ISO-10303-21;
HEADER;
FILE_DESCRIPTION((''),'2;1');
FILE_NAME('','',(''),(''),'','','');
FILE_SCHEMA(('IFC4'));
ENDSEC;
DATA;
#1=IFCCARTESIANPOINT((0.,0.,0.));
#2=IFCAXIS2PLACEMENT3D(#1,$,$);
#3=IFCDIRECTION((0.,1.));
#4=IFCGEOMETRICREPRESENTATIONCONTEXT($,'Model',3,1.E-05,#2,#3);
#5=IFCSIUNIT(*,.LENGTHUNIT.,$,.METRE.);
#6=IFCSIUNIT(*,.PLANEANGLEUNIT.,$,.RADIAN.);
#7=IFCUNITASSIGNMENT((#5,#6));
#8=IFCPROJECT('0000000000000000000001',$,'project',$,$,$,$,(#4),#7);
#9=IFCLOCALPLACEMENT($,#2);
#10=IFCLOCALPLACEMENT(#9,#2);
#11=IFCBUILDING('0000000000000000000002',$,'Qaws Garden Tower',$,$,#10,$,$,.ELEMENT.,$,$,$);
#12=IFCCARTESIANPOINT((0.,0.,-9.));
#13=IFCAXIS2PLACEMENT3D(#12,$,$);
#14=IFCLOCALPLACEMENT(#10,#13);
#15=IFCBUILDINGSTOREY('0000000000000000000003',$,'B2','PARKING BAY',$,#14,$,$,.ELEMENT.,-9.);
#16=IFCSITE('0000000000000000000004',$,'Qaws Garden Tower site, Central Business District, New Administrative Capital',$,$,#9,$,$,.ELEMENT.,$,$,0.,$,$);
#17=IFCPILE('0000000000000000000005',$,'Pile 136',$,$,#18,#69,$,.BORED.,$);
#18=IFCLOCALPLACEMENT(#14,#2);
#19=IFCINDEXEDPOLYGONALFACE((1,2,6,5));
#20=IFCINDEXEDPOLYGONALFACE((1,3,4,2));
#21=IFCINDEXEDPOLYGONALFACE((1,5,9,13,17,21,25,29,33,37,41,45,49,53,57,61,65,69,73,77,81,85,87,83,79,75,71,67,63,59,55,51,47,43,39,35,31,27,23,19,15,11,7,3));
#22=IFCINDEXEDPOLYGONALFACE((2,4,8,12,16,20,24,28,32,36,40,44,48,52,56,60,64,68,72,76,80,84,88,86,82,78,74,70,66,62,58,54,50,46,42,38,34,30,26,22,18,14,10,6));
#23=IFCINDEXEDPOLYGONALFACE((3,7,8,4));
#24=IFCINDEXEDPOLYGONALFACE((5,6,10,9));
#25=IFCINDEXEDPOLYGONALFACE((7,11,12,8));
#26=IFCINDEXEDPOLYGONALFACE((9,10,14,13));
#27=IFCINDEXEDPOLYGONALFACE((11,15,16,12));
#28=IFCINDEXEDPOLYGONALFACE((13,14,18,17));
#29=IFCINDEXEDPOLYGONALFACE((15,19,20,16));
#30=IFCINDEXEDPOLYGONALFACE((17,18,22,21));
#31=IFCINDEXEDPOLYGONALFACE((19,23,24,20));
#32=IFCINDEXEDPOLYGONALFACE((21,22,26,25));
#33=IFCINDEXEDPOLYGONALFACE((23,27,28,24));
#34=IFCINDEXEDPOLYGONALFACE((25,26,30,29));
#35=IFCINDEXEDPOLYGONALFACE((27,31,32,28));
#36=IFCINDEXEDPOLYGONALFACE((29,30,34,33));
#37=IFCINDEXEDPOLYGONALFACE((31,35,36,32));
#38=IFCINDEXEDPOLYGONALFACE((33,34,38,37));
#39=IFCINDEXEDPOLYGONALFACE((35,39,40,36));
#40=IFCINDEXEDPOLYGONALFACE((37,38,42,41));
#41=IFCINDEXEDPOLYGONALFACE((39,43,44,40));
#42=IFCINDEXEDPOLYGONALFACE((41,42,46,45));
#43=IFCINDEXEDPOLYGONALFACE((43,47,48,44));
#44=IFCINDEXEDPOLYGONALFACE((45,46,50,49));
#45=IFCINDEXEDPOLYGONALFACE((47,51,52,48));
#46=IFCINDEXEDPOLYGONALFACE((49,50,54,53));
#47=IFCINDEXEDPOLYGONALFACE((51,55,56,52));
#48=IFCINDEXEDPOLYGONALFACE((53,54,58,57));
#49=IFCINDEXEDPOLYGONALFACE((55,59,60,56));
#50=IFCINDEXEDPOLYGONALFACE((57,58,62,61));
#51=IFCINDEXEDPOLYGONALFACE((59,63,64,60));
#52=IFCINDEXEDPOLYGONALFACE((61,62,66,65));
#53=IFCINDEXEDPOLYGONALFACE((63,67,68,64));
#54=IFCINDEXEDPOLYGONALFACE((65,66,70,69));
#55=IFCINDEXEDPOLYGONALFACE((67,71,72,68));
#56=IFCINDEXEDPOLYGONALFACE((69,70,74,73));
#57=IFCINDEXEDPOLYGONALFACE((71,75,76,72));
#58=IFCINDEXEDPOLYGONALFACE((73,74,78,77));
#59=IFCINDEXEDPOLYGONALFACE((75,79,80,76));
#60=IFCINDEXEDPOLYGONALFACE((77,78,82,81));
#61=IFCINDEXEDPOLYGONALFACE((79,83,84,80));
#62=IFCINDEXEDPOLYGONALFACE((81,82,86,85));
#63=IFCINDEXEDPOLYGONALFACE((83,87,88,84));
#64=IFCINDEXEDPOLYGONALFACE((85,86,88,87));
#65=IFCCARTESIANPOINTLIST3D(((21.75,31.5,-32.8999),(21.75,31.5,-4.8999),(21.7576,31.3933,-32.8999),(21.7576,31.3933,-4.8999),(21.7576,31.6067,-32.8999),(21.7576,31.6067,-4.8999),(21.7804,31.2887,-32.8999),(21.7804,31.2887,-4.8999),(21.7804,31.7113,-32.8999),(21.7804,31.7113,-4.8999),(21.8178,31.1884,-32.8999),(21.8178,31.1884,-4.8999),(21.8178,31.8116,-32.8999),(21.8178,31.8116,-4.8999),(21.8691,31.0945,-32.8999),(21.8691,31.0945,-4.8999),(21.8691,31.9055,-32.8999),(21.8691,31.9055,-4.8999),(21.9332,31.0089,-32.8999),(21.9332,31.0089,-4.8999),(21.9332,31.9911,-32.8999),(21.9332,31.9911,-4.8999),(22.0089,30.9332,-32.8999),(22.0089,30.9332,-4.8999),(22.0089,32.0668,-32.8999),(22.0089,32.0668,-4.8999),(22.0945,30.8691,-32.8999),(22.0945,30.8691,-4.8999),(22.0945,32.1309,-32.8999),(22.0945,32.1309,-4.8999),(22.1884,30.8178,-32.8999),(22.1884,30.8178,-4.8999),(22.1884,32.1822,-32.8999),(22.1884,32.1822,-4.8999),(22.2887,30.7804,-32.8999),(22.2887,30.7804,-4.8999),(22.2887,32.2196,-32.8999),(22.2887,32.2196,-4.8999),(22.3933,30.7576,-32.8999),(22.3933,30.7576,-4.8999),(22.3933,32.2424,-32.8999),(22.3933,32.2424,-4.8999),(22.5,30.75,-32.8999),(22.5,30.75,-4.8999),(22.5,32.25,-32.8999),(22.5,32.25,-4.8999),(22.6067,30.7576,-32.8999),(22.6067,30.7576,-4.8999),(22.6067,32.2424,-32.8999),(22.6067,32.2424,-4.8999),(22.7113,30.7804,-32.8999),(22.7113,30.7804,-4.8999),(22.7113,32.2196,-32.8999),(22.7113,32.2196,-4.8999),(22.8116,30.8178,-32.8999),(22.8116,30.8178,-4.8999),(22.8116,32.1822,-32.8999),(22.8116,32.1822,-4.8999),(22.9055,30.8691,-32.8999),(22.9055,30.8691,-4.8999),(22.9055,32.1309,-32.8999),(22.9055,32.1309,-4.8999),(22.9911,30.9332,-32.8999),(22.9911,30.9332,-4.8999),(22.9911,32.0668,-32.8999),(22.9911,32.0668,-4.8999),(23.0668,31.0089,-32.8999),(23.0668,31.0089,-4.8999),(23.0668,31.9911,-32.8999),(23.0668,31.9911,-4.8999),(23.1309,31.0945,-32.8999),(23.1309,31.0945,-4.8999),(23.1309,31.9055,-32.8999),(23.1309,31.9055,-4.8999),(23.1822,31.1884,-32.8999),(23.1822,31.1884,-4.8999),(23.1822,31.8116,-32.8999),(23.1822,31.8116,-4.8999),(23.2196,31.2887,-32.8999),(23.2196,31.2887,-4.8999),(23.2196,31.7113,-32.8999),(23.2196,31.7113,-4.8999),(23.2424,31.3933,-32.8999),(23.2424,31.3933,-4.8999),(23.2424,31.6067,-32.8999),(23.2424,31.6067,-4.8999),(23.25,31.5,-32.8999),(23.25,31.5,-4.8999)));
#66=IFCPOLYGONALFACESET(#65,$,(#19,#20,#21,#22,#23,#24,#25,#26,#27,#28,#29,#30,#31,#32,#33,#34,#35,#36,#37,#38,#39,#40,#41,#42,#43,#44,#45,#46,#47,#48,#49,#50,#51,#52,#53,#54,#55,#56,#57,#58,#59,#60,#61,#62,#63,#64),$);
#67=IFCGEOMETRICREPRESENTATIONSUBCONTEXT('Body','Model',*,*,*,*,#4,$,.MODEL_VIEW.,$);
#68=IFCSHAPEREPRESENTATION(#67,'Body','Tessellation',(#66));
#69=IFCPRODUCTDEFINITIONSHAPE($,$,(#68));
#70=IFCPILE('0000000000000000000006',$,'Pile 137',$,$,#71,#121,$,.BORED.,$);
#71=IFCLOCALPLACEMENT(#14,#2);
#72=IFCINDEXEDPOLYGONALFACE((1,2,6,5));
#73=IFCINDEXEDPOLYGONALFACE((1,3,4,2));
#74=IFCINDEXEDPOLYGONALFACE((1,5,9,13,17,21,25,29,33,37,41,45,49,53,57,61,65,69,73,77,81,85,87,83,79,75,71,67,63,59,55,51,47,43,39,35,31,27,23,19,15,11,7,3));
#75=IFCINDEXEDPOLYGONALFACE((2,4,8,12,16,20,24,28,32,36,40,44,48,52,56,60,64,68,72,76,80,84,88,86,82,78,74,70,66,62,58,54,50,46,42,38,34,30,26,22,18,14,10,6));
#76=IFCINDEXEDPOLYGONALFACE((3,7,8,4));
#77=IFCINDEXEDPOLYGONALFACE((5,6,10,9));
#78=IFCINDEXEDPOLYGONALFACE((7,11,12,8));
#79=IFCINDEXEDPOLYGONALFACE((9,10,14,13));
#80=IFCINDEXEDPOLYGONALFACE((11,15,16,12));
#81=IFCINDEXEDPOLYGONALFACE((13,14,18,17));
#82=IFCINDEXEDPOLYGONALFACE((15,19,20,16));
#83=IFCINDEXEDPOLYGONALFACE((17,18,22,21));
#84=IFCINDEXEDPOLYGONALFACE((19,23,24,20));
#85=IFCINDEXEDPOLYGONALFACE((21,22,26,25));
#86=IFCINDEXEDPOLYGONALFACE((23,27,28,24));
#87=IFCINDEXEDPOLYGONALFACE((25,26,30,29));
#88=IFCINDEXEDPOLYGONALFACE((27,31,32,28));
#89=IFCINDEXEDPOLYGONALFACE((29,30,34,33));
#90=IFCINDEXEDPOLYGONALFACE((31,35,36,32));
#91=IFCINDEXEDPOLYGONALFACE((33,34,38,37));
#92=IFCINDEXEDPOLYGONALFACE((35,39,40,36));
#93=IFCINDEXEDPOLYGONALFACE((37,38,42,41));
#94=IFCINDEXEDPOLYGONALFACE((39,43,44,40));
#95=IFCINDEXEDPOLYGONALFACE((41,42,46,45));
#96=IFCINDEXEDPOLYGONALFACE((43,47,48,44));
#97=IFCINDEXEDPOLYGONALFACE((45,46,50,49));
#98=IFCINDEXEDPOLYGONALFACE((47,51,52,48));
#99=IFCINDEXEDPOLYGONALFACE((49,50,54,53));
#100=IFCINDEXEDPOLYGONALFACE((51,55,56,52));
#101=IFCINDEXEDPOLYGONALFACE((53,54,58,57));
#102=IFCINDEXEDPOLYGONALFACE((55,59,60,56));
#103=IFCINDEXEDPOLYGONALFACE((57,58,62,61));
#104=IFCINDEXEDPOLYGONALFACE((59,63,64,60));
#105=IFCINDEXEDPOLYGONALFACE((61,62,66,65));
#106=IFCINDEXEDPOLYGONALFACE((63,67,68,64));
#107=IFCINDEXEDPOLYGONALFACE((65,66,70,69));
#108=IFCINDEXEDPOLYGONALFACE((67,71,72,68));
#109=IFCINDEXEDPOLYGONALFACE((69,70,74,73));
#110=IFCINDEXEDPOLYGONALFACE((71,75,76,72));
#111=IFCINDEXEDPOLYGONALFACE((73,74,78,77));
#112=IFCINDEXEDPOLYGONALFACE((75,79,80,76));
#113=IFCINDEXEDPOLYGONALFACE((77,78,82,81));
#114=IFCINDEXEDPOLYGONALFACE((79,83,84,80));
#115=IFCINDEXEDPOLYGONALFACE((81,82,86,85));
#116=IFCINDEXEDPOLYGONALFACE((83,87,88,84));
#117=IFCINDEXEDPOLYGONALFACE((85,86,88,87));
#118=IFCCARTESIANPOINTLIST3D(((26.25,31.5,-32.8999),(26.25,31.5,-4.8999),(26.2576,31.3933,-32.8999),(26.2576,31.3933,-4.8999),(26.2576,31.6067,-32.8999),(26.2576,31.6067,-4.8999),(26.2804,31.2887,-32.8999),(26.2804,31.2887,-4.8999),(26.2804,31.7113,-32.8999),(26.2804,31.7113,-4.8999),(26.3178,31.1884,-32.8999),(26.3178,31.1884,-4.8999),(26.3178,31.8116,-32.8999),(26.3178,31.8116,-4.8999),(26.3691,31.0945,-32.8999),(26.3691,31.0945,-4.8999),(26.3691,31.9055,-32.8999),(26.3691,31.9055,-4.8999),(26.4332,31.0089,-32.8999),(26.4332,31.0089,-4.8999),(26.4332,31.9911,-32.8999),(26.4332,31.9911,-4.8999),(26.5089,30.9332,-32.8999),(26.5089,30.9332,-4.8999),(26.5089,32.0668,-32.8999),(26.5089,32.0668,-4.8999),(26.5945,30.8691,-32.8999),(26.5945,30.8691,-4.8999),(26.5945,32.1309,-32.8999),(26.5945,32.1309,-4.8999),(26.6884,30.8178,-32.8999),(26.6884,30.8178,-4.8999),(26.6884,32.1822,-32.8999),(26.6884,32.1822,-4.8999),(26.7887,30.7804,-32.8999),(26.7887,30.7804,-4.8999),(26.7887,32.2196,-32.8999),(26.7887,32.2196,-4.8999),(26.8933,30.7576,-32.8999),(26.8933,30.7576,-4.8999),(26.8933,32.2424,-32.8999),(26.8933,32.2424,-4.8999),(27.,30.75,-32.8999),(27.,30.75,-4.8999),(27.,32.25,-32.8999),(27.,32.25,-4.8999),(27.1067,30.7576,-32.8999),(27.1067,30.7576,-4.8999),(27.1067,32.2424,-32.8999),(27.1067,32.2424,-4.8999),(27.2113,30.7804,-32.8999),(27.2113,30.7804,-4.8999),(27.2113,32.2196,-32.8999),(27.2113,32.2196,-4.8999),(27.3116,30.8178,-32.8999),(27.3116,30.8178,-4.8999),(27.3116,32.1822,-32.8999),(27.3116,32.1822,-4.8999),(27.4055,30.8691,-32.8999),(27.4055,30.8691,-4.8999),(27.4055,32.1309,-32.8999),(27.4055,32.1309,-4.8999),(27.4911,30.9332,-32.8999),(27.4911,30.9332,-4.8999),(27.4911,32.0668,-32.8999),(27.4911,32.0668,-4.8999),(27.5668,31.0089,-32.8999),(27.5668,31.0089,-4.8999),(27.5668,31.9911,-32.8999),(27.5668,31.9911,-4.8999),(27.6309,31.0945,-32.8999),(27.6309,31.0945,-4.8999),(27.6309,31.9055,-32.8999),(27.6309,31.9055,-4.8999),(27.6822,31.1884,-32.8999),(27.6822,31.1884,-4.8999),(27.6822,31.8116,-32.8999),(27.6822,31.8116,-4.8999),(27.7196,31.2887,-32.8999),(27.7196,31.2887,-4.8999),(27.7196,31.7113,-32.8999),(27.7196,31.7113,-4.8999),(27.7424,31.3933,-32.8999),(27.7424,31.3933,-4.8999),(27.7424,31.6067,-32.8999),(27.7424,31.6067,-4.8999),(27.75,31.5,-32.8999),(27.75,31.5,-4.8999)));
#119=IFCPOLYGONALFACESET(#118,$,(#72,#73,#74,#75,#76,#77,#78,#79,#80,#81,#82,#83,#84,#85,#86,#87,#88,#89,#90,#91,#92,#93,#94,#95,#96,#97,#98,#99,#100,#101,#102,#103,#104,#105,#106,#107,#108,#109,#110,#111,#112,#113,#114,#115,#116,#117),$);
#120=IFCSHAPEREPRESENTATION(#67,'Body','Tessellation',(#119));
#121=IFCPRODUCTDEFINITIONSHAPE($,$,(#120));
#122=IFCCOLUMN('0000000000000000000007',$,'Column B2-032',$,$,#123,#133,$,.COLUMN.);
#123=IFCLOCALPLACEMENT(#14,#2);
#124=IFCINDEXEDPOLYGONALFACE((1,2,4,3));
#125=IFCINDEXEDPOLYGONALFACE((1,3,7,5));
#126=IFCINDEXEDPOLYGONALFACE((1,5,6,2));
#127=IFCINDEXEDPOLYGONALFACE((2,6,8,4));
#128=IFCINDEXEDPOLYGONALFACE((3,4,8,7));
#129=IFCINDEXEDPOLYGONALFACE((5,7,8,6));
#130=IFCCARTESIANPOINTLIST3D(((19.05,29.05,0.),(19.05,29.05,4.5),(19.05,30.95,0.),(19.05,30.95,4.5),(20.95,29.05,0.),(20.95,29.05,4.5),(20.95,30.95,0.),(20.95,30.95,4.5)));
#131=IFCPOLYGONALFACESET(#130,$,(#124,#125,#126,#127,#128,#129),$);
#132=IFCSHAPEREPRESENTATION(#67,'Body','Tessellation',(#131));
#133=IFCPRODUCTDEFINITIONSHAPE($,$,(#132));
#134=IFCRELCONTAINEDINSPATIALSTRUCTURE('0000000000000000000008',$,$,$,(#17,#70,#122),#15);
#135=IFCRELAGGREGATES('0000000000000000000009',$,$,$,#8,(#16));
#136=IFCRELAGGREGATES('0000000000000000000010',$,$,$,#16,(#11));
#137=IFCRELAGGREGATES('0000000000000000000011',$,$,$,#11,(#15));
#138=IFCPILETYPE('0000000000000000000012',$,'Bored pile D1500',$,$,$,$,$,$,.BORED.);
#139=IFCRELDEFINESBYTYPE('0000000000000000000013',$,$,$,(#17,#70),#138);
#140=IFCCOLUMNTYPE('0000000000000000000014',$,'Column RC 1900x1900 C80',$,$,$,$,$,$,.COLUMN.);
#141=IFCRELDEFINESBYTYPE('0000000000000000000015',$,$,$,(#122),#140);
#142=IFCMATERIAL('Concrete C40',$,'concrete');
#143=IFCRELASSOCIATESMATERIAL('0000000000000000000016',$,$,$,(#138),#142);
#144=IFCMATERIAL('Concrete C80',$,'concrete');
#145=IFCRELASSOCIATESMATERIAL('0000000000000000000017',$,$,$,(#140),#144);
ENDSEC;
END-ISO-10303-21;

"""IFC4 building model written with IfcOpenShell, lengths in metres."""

from ifc_helpers import new_model, si_unit, direction, frame, origin, origin_2d, place, context, subcontext, project, spatial, rectangle, circle, extrude, material, material_profile, profile_set, type_object, element, save


model = new_model("IFC4")

# Units and contexts
model_context = context("Model", 3, precision=1e-05, world=origin(), true_north=direction((0.0, 1.0)))
body_context = subcontext(model_context, "Body", "Model", "MODEL_VIEW")
ifc_project = project(units=[si_unit("LENGTHUNIT", "METRE"), si_unit("PLANEANGLEUNIT", "RADIAN")], contexts=[model_context])

# Site, building, storey
site_placement = place(None, origin())
site = spatial("IfcSite", under=ifc_project, at=site_placement, Name="Qaws Garden Tower site, Central Business District, New Administrative Capital", CompositionType="ELEMENT", RefElevation=0.0)
building_placement = place(site_placement, origin())
building = spatial("IfcBuilding", under=site, at=building_placement, Name="Qaws Garden Tower", CompositionType="ELEMENT")
storey_placement = place(building_placement, frame((0.0, 0.0, -9.0)))
storey = spatial("IfcBuildingStorey", under=building, at=storey_placement, Name="B2", Description="PARKING BAY", CompositionType="ELEMENT", Elevation=-9.0)

# Piles
ifc_material_1 = material(Name="Concrete C40", Category="concrete")
ifc_material_profile_1 = material_profile(ifc_material_1, circle(Radius=0.75, at=origin_2d()), Name="Bored pile D1500")
ifc_profile_set_1 = profile_set([ifc_material_profile_1], Name="Concrete C40")
pile_type = type_object("IfcPileType", Name="Bored pile D1500", PredefinedType="BORED", material=ifc_profile_set_1)
for number, where, z_axis, x_axis, name in (
    (1, (22.5, 31.5, -4.8999), (0.0, 0.0, -1.0), (1.0, 0.0, 0.0), "Pile 136"),
    (2, (27.0, 31.5, -4.8999), (0.0, 0.0, -1.0), (1.0, 0.0, 0.0), "Pile 137"),
):
    element("IfcPile", number, at=place(storey_placement, frame(where, z_axis=z_axis, x_axis=x_axis)), inside=storey, type_object=pile_type, Name=name, PredefinedType="BORED", context=body_context, shape_type="SweptSolid", body=[
        extrude(circle(Radius=0.75, at=origin_2d()), origin(), (0.0, 0.0, 1.0), 28.0),
    ])

# Column
ifc_material_2 = material(Name="Concrete C80", Category="concrete")
ifc_material_profile_2 = material_profile(ifc_material_2, rectangle(XDim=1.8999, YDim=1.8999, at=origin_2d()), Name="RC 1900x1900")
ifc_profile_set_2 = profile_set([ifc_material_profile_2], Name="Concrete C80")
column_type = type_object("IfcColumnType", Name="Column RC 1900x1900 C80", PredefinedType="COLUMN", material=ifc_profile_set_2)
column_placement = place(storey_placement, frame((20.0, 30.0, 0.0), z_axis=(0.0, 0.0, 1.0), x_axis=(1.0, 0.0, 0.0)))
element("IfcColumn", 3, at=column_placement, inside=storey, type_object=column_type, Name="Column B2-032", PredefinedType="COLUMN", context=body_context, shape_type="SweptSolid", body=[
    extrude(rectangle(XDim=1.8999, YDim=1.8999, at=origin_2d()), origin(), (0.0, 0.0, 1.0), 4.5),
])

save(model, "model.ifc")
